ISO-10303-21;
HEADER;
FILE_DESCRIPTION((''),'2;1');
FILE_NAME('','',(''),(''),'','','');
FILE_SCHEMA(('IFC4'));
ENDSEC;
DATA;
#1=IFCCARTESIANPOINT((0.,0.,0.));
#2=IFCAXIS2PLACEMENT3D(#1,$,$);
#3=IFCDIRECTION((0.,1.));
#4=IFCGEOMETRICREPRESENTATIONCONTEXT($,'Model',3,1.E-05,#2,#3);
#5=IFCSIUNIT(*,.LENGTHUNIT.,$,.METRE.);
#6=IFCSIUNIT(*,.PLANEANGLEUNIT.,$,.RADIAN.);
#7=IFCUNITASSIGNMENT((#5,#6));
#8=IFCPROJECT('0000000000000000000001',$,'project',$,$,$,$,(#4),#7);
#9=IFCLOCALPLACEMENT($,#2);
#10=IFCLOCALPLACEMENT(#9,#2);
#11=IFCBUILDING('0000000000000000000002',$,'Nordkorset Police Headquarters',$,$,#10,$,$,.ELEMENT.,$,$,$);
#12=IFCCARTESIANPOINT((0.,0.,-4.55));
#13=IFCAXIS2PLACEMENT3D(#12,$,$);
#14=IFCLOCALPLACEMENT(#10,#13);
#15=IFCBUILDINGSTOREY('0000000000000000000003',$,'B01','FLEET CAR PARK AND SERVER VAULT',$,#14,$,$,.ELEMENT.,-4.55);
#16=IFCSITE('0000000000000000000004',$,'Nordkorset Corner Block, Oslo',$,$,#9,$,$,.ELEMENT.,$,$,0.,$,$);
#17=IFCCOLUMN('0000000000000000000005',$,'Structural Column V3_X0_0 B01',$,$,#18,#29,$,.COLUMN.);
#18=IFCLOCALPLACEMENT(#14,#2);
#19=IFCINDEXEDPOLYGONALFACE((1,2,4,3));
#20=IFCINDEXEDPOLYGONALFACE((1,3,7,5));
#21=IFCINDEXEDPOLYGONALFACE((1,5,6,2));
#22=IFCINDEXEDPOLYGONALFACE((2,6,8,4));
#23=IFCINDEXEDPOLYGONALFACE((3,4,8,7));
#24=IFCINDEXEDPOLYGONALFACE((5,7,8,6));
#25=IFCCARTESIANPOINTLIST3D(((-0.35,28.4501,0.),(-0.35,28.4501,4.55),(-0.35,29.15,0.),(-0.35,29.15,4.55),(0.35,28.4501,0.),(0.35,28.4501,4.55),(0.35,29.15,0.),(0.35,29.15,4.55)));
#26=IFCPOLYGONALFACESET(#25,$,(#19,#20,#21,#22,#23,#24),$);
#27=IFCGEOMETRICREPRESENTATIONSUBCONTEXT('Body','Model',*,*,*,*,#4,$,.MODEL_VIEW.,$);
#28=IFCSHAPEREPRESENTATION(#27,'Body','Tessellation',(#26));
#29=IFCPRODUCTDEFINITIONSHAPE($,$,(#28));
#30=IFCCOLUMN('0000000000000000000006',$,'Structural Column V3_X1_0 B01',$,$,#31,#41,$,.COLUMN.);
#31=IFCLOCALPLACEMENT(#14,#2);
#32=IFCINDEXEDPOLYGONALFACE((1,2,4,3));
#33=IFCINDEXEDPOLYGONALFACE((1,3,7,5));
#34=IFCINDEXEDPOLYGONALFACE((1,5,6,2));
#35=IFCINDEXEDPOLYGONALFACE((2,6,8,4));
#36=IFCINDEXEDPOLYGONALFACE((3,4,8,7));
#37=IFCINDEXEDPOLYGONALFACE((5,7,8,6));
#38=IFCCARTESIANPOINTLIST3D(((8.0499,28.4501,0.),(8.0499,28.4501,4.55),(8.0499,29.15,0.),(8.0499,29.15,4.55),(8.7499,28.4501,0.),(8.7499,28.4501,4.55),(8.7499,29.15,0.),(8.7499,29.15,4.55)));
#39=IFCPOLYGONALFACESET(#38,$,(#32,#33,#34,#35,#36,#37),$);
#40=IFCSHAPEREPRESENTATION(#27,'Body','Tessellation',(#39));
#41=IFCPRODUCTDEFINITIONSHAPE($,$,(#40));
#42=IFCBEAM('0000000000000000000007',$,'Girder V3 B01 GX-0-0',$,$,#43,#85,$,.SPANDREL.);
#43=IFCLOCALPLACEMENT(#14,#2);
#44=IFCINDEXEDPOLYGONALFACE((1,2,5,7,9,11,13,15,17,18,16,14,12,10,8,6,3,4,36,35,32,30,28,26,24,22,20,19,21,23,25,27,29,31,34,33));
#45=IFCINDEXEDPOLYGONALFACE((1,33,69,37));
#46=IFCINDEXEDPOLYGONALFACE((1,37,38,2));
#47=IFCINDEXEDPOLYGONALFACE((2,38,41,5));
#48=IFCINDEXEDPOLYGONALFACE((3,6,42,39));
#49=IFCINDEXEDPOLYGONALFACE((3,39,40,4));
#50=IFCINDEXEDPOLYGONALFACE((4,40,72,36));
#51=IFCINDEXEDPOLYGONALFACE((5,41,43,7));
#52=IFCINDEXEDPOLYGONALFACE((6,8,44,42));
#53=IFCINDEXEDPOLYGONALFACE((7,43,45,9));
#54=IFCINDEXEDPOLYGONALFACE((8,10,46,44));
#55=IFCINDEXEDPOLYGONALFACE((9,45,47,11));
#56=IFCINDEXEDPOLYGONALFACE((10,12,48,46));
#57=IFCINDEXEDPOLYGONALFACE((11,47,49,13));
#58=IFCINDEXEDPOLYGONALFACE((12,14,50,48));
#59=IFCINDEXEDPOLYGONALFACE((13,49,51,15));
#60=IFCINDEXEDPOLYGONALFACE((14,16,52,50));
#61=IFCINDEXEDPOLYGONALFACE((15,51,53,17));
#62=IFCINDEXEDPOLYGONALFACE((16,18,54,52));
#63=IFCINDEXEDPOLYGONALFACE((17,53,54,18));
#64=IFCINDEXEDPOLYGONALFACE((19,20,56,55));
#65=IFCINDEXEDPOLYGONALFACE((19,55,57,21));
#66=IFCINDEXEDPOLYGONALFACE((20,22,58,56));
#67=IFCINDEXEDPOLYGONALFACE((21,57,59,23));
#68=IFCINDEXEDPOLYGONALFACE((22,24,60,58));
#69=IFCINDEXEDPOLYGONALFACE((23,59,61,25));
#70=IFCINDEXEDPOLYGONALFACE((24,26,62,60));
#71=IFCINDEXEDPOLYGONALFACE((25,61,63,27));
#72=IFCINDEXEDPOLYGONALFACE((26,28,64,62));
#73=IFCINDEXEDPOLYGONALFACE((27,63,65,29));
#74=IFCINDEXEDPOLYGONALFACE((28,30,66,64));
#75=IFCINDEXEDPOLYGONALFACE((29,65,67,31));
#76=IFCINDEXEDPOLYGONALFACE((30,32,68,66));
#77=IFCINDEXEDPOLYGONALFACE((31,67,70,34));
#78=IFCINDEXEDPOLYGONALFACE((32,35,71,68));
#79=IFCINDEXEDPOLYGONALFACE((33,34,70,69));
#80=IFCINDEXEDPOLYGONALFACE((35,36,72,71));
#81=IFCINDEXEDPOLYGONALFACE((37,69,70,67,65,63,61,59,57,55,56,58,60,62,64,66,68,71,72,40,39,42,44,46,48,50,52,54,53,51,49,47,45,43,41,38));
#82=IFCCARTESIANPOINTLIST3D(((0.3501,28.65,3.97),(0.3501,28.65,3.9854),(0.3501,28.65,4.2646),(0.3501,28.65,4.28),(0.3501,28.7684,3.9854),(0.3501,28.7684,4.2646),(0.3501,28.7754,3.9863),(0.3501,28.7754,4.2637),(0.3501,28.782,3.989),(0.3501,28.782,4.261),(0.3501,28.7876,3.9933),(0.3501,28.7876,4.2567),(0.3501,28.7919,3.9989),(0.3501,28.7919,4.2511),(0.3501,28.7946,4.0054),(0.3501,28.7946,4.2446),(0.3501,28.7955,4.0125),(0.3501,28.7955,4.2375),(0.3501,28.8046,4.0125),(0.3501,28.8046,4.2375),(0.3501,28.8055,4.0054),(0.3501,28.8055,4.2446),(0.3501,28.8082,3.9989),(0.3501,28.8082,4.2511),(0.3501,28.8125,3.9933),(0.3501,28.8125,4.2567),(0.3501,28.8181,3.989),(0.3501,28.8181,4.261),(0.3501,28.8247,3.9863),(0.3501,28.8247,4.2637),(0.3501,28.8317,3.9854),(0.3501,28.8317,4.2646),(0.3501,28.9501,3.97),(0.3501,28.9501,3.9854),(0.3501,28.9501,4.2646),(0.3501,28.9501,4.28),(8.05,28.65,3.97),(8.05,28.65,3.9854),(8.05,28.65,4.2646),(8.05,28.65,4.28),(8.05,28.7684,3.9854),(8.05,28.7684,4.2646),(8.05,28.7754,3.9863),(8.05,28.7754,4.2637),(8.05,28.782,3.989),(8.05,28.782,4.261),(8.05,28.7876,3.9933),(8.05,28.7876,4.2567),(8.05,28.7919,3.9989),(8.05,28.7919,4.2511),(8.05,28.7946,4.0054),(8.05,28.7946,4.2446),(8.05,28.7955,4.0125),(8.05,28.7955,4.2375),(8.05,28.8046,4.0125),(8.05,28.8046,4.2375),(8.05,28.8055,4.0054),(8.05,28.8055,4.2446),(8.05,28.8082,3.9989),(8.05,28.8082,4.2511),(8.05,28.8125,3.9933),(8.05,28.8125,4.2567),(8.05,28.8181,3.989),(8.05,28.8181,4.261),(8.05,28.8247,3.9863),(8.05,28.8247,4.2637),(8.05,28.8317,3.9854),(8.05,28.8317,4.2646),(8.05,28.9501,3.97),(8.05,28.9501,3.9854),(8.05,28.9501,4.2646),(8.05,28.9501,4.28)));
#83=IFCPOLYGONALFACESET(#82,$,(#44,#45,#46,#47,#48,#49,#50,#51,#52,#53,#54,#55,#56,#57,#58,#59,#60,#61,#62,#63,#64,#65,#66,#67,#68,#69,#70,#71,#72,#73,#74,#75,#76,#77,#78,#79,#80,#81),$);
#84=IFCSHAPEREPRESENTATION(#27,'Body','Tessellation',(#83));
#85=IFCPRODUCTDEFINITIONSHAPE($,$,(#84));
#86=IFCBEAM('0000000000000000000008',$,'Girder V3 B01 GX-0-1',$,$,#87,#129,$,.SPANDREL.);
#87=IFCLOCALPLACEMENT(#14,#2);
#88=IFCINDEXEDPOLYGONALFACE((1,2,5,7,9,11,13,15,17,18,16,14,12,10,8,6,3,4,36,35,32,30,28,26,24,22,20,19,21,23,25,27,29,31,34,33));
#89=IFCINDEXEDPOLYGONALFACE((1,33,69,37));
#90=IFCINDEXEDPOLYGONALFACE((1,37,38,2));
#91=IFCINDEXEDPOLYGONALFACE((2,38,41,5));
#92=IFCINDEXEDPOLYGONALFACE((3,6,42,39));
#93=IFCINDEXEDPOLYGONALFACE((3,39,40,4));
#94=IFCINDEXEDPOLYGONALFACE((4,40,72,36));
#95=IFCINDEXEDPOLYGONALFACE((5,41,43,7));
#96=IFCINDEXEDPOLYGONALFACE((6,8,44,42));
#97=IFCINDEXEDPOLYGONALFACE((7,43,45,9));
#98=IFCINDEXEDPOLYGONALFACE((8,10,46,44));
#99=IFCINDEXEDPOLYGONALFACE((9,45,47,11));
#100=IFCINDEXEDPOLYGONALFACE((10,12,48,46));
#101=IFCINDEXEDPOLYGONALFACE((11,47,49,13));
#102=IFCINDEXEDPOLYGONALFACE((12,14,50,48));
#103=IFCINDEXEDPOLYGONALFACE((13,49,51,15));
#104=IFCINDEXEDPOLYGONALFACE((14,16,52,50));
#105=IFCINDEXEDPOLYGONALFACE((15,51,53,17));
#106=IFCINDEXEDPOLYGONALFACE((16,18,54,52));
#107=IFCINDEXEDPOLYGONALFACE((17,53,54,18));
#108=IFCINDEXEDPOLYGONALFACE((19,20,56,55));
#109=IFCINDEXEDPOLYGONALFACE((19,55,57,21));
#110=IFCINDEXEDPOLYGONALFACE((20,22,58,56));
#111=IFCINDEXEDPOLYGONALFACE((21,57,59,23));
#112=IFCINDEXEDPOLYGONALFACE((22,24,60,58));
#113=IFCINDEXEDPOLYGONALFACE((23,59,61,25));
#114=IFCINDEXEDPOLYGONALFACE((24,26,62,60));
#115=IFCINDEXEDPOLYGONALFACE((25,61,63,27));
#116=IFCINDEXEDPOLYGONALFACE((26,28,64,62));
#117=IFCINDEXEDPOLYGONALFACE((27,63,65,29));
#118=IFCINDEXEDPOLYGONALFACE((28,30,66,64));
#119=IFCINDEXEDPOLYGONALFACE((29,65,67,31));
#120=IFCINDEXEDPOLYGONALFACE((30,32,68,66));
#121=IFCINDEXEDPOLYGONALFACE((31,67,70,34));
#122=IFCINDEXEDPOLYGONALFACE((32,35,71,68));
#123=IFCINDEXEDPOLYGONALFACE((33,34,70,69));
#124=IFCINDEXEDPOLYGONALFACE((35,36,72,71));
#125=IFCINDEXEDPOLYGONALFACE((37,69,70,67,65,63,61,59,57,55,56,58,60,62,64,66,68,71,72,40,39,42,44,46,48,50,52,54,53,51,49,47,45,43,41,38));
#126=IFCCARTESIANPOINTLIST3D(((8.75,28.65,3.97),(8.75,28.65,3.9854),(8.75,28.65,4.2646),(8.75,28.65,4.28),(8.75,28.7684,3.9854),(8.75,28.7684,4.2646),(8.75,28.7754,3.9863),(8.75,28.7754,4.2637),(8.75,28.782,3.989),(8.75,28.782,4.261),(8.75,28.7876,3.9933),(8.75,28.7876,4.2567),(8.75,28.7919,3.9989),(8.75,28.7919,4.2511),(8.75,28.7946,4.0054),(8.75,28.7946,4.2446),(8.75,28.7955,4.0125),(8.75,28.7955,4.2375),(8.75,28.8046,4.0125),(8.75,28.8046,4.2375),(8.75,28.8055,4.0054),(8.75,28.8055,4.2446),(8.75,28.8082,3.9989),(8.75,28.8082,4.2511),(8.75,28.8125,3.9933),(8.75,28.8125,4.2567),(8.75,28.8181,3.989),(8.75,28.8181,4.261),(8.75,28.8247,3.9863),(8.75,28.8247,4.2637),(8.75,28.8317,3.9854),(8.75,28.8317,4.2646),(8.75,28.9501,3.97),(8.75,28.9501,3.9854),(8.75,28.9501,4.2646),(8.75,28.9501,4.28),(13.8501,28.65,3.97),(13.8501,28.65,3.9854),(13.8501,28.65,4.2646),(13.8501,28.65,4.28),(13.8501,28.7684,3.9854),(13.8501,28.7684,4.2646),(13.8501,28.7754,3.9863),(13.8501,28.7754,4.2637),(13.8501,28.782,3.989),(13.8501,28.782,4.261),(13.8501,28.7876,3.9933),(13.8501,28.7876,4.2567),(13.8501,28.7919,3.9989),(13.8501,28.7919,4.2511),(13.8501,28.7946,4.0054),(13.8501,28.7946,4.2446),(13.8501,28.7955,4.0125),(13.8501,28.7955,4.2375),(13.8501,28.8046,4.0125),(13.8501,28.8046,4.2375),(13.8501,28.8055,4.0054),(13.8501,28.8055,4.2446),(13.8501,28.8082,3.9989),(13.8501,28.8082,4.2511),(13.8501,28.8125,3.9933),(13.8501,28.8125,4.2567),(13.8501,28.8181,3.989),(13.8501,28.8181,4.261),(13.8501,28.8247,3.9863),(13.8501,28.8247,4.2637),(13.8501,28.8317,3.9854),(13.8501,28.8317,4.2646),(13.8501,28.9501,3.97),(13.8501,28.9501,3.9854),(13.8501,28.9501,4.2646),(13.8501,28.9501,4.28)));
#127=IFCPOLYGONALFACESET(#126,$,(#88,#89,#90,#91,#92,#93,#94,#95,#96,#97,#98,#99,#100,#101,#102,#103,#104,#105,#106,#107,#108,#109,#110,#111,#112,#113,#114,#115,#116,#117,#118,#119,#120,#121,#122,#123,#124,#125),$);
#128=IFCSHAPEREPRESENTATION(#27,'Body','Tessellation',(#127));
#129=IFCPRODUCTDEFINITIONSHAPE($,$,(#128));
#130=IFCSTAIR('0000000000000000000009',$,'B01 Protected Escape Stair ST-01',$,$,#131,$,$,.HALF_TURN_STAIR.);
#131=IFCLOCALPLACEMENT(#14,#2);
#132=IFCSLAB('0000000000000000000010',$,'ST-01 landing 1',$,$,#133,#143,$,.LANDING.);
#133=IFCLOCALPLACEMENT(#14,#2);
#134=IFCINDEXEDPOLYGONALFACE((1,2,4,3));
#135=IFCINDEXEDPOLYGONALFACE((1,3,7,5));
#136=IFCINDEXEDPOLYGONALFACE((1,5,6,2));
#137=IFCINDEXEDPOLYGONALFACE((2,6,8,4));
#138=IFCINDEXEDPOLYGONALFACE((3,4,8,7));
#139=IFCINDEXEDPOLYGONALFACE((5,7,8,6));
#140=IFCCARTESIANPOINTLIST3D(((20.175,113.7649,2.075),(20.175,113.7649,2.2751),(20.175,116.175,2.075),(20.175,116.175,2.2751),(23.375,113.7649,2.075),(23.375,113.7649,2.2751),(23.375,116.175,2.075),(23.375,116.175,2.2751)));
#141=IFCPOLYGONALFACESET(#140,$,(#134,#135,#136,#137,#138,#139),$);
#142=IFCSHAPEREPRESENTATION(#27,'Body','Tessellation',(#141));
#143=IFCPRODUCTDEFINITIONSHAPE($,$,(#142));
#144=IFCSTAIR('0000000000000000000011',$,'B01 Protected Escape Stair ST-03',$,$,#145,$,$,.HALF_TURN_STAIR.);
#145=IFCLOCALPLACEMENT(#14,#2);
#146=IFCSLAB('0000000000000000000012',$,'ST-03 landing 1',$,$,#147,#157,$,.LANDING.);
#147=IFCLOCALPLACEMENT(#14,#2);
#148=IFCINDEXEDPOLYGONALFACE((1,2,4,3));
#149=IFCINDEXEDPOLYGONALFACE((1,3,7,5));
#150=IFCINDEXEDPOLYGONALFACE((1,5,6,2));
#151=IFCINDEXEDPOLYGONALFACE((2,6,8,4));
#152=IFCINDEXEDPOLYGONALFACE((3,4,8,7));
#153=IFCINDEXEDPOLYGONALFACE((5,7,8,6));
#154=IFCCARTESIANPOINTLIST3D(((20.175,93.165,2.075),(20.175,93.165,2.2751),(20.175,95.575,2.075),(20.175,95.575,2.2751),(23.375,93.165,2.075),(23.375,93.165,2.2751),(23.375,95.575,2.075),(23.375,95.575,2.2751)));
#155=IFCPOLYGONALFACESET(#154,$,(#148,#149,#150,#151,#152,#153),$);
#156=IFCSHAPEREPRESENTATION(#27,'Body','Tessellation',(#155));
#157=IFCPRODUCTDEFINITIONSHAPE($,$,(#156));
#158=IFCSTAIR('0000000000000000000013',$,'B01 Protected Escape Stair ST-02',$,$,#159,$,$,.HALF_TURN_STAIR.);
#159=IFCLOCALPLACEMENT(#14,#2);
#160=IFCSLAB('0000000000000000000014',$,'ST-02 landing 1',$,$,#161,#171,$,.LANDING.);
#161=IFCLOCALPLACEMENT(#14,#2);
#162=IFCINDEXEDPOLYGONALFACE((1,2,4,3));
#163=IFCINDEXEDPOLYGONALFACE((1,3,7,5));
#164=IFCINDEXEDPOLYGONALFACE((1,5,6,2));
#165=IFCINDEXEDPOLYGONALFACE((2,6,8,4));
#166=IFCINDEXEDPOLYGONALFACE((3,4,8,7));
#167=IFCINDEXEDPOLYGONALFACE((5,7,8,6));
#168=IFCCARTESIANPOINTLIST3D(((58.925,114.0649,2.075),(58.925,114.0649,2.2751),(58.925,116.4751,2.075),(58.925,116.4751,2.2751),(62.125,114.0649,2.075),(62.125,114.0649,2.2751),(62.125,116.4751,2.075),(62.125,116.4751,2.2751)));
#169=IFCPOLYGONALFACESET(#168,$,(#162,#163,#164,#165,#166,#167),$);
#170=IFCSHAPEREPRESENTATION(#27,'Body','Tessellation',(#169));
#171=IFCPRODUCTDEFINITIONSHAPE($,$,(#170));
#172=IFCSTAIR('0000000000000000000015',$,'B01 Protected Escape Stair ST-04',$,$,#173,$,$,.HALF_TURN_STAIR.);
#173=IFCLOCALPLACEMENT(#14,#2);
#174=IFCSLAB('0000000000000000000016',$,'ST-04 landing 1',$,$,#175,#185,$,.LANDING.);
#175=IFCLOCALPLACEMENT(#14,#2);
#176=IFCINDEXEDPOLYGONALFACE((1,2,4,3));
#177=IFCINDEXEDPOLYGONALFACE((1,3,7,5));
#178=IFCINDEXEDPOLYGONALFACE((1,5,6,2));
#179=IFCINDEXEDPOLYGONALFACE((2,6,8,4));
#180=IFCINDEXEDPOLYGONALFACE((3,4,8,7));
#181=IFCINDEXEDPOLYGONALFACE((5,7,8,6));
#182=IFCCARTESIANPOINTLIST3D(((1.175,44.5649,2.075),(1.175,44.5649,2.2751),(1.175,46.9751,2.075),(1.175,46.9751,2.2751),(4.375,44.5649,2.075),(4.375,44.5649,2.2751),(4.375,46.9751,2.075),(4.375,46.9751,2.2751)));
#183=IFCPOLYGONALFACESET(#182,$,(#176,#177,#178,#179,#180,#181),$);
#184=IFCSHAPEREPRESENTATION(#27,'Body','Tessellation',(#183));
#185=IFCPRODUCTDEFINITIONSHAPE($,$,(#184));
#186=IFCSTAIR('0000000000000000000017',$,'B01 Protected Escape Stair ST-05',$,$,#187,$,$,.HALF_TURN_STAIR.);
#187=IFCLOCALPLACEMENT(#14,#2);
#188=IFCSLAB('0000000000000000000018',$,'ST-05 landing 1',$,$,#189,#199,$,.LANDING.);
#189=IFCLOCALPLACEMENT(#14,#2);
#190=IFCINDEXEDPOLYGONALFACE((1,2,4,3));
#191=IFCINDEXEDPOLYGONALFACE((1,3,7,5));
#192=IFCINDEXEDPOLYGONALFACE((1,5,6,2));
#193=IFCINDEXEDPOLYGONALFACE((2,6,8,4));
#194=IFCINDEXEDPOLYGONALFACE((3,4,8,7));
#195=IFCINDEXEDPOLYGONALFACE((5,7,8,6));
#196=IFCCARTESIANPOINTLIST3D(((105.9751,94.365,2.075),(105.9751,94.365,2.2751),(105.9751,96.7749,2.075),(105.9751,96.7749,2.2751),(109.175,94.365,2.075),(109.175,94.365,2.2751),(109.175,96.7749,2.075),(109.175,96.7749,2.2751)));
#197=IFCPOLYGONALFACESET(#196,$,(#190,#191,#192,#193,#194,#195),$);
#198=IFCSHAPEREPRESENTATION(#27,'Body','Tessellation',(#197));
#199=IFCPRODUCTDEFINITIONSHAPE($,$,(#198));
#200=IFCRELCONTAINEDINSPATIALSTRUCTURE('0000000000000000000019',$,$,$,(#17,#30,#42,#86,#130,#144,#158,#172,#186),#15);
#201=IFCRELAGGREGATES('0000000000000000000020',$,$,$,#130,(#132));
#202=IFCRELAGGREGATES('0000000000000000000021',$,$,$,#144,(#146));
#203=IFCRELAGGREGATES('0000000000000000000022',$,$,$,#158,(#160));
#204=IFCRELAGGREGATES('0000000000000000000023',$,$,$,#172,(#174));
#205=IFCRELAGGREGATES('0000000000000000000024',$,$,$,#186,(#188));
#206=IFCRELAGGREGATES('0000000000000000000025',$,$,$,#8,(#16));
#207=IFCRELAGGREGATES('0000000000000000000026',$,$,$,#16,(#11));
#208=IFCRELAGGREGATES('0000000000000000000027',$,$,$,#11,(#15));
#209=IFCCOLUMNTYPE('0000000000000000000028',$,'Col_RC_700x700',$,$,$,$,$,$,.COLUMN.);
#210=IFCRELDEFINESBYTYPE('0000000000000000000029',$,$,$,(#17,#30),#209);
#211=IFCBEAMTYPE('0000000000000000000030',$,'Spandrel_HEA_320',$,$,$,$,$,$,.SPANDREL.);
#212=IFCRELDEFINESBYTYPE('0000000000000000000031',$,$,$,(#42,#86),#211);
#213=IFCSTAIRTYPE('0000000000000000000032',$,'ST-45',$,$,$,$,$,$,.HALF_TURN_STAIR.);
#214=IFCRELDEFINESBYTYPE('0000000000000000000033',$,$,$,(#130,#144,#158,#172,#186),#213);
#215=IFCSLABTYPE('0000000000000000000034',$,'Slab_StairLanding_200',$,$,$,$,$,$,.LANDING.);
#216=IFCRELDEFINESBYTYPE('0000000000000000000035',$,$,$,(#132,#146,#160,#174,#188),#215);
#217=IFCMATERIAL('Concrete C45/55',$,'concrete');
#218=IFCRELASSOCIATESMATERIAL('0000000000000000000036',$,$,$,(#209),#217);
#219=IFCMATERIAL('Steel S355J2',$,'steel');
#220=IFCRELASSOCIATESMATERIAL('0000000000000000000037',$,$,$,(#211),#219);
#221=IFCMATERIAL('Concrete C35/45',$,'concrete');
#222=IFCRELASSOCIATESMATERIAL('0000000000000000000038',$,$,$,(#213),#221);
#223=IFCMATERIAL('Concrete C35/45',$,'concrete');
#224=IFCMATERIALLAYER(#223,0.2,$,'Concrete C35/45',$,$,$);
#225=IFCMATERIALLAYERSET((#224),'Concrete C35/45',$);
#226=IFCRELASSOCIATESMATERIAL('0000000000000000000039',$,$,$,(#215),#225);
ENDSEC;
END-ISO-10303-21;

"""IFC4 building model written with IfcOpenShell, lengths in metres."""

from ifc_helpers import new_model, si_unit, direction, frame, origin, origin_2d, place, context, subcontext, project, spatial, polyline, rectangle, i_section, outline, extrude, material, layer, layer_set, material_profile, profile_set, type_object, element, aggregate, save


model = new_model("IFC4")

# Units and contexts
model_context = context("Model", 3, precision=1e-05, world=origin(), true_north=direction((0.0, 1.0)))
body_context = subcontext(model_context, "Body", "Model", "MODEL_VIEW")
ifc_project = project(units=[si_unit("LENGTHUNIT", "METRE"), si_unit("PLANEANGLEUNIT", "RADIAN")], contexts=[model_context])

# Site, building, storey
site_placement = place(None, origin())
site = spatial("IfcSite", under=ifc_project, at=site_placement, Name="Nordkorset Corner Block, Oslo", CompositionType="ELEMENT", RefElevation=0.0)
building_placement = place(site_placement, origin())
building = spatial("IfcBuilding", under=site, at=building_placement, Name="Nordkorset Police Headquarters", CompositionType="ELEMENT")
storey_placement = place(building_placement, frame((0.0, 0.0, -4.55)))
storey = spatial("IfcBuildingStorey", under=building, at=storey_placement, Name="B01", Description="FLEET CAR PARK AND SERVER VAULT", CompositionType="ELEMENT", Elevation=-4.55)

# Columns
ifc_material_1 = material(Name="Concrete C45/55", Category="concrete")
ifc_material_profile_1 = material_profile(ifc_material_1, rectangle(XDim=0.7, YDim=0.7, at=origin_2d()), Name="RC 700x700")
ifc_profile_set_1 = profile_set([ifc_material_profile_1], Name="Concrete C45/55")
column_type = type_object("IfcColumnType", Name="Col_RC_700x700", PredefinedType="COLUMN", material=ifc_profile_set_1)
for number, where, z_axis, x_axis, name in (
    (1, (0.0, 28.8, 0.0), (0.0, 0.0, 1.0), (1.0, 0.0, 0.0), "Structural Column V3_X0_0 B01"),
    (2, (8.3999, 28.8, 0.0), (0.0, 0.0, 1.0), (1.0, 0.0, 0.0), "Structural Column V3_X1_0 B01"),
):
    element("IfcColumn", number, at=place(storey_placement, frame(where, z_axis=z_axis, x_axis=x_axis)), inside=storey, type_object=column_type, Name=name, PredefinedType="COLUMN", context=body_context, shape_type="SweptSolid", body=[
        extrude(rectangle(XDim=0.7, YDim=0.7, at=origin_2d()), origin(), (0.0, 0.0, 1.0), 4.55),
    ])

# Beams
ifc_material_2 = material(Name="Steel S355J2", Category="steel")
ifc_material_profile_2 = material_profile(ifc_material_2, i_section(OverallWidth=0.3, OverallDepth=0.3101, WebThickness=0.009, FlangeThickness=0.0154, FilletRadius=0.0271, at=origin_2d()), Name="HEA 320")
ifc_profile_set_2 = profile_set([ifc_material_profile_2], Name="Steel S355J2")
beam_type = type_object("IfcBeamType", Name="Spandrel_HEA_320", PredefinedType="SPANDREL", material=ifc_profile_set_2)
beam_1_placement = place(storey_placement, frame((0.3501, 28.8, 4.125), z_axis=(1.0, 0.0, 0.0), x_axis=(0.0, 1.0, 0.0)))
element("IfcBeam", 3, at=beam_1_placement, inside=storey, type_object=beam_type, Name="Girder V3 B01 GX-0-0", PredefinedType="SPANDREL", context=body_context, shape_type="SweptSolid", body=[
    extrude(i_section(OverallWidth=0.3, OverallDepth=0.3101, WebThickness=0.009, FlangeThickness=0.0154, FilletRadius=0.0271, at=origin_2d()), origin(), (0.0, 0.0, 1.0), 7.7),
])
beam_2_placement = place(storey_placement, frame((8.75, 28.8, 4.125), z_axis=(1.0, 0.0, 0.0), x_axis=(0.0, 1.0, 0.0)))
element("IfcBeam", 4, at=beam_2_placement, inside=storey, type_object=beam_type, Name="Girder V3 B01 GX-0-1", PredefinedType="SPANDREL", context=body_context, shape_type="SweptSolid", body=[
    extrude(i_section(OverallWidth=0.3, OverallDepth=0.3101, WebThickness=0.009, FlangeThickness=0.0154, FilletRadius=0.0271, at=origin_2d()), origin(), (0.0, 0.0, 1.0), 5.1001),
])

# Stairs, slabs
ifc_material_3 = material(Name="Concrete C35/45", Category="concrete")
stair_type = type_object("IfcStairType", Name="ST-45", PredefinedType="HALF_TURN_STAIR", material=ifc_material_3)
stair_1_placement = place(storey_placement, origin())
stair_1 = element("IfcStair", 5, at=stair_1_placement, inside=storey, type_object=stair_type, Name="B01 Protected Escape Stair ST-01", PredefinedType="HALF_TURN_STAIR")
ifc_material_4 = material(Name="Concrete C35/45", Category="concrete")
ifc_layer_1 = layer(ifc_material_4, 0.2, Name="Concrete C35/45")
ifc_layer_set_1 = layer_set([ifc_layer_1], Name="Concrete C35/45")
slab_type_1 = type_object("IfcSlabType", Name="Slab_StairLanding_200", PredefinedType="LANDING", material=ifc_layer_set_1)
slab_1_placement = place(storey_placement, frame((0.0, 0.0, 2.075)))
slab_1 = element("IfcSlab", 6, at=slab_1_placement, type_object=slab_type_1, Name="ST-01 landing 1", PredefinedType="LANDING", context=body_context, shape_type="SweptSolid", body=[
    extrude(outline(polyline([(23.375, 113.7649), (23.375, 116.175), (20.175, 116.175), (20.175, 113.7649), (23.375, 113.7649)])), origin(), (0.0, 0.0, 1.0), 0.2002),
])
aggregate(stair_1, [slab_1])
stair_2_placement = place(storey_placement, origin())
stair_2 = element("IfcStair", 7, at=stair_2_placement, inside=storey, type_object=stair_type, Name="B01 Protected Escape Stair ST-03", PredefinedType="HALF_TURN_STAIR")
slab_2_placement = place(storey_placement, frame((0.0, 0.0, 2.075)))
slab_2 = element("IfcSlab", 8, at=slab_2_placement, type_object=slab_type_1, Name="ST-03 landing 1", PredefinedType="LANDING", context=body_context, shape_type="SweptSolid", body=[
    extrude(outline(polyline([(23.375, 93.165), (23.375, 95.575), (20.175, 95.575), (20.175, 93.165), (23.375, 93.165)])), origin(), (0.0, 0.0, 1.0), 0.2002),
])
aggregate(stair_2, [slab_2])
stair_3_placement = place(storey_placement, origin())
stair_3 = element("IfcStair", 9, at=stair_3_placement, inside=storey, type_object=stair_type, Name="B01 Protected Escape Stair ST-02", PredefinedType="HALF_TURN_STAIR")
slab_3_placement = place(storey_placement, frame((0.0, 0.0, 2.075)))
slab_3 = element("IfcSlab", 10, at=slab_3_placement, type_object=slab_type_1, Name="ST-02 landing 1", PredefinedType="LANDING", context=body_context, shape_type="SweptSolid", body=[
    extrude(outline(polyline([(62.125, 114.0649), (62.125, 116.4751), (58.925, 116.4751), (58.925, 114.0649), (62.125, 114.0649)])), origin(), (0.0, 0.0, 1.0), 0.2002),
])
aggregate(stair_3, [slab_3])
stair_4_placement = place(storey_placement, origin())
stair_4 = element("IfcStair", 11, at=stair_4_placement, inside=storey, type_object=stair_type, Name="B01 Protected Escape Stair ST-04", PredefinedType="HALF_TURN_STAIR")
slab_4_placement = place(storey_placement, frame((0.0, 0.0, 2.075)))
slab_4 = element("IfcSlab", 12, at=slab_4_placement, type_object=slab_type_1, Name="ST-04 landing 1", PredefinedType="LANDING", context=body_context, shape_type="SweptSolid", body=[
    extrude(outline(polyline([(4.375, 44.5649), (4.375, 46.9751), (1.175, 46.9751), (1.175, 44.5649), (4.375, 44.5649)])), origin(), (0.0, 0.0, 1.0), 0.2002),
])
aggregate(stair_4, [slab_4])
stair_5_placement = place(storey_placement, origin())
stair_5 = element("IfcStair", 13, at=stair_5_placement, inside=storey, type_object=stair_type, Name="B01 Protected Escape Stair ST-05", PredefinedType="HALF_TURN_STAIR")
slab_5_placement = place(storey_placement, frame((0.0, 0.0, 2.075)))
slab_5 = element("IfcSlab", 14, at=slab_5_placement, type_object=slab_type_1, Name="ST-05 landing 1", PredefinedType="LANDING", context=body_context, shape_type="SweptSolid", body=[
    extrude(outline(polyline([(109.175, 94.365), (109.175, 96.7749), (105.9751, 96.7749), (105.9751, 94.365), (109.175, 94.365)])), origin(), (0.0, 0.0, 1.0), 0.2002),
])
aggregate(stair_5, [slab_5])

save(model, "model.ifc")
